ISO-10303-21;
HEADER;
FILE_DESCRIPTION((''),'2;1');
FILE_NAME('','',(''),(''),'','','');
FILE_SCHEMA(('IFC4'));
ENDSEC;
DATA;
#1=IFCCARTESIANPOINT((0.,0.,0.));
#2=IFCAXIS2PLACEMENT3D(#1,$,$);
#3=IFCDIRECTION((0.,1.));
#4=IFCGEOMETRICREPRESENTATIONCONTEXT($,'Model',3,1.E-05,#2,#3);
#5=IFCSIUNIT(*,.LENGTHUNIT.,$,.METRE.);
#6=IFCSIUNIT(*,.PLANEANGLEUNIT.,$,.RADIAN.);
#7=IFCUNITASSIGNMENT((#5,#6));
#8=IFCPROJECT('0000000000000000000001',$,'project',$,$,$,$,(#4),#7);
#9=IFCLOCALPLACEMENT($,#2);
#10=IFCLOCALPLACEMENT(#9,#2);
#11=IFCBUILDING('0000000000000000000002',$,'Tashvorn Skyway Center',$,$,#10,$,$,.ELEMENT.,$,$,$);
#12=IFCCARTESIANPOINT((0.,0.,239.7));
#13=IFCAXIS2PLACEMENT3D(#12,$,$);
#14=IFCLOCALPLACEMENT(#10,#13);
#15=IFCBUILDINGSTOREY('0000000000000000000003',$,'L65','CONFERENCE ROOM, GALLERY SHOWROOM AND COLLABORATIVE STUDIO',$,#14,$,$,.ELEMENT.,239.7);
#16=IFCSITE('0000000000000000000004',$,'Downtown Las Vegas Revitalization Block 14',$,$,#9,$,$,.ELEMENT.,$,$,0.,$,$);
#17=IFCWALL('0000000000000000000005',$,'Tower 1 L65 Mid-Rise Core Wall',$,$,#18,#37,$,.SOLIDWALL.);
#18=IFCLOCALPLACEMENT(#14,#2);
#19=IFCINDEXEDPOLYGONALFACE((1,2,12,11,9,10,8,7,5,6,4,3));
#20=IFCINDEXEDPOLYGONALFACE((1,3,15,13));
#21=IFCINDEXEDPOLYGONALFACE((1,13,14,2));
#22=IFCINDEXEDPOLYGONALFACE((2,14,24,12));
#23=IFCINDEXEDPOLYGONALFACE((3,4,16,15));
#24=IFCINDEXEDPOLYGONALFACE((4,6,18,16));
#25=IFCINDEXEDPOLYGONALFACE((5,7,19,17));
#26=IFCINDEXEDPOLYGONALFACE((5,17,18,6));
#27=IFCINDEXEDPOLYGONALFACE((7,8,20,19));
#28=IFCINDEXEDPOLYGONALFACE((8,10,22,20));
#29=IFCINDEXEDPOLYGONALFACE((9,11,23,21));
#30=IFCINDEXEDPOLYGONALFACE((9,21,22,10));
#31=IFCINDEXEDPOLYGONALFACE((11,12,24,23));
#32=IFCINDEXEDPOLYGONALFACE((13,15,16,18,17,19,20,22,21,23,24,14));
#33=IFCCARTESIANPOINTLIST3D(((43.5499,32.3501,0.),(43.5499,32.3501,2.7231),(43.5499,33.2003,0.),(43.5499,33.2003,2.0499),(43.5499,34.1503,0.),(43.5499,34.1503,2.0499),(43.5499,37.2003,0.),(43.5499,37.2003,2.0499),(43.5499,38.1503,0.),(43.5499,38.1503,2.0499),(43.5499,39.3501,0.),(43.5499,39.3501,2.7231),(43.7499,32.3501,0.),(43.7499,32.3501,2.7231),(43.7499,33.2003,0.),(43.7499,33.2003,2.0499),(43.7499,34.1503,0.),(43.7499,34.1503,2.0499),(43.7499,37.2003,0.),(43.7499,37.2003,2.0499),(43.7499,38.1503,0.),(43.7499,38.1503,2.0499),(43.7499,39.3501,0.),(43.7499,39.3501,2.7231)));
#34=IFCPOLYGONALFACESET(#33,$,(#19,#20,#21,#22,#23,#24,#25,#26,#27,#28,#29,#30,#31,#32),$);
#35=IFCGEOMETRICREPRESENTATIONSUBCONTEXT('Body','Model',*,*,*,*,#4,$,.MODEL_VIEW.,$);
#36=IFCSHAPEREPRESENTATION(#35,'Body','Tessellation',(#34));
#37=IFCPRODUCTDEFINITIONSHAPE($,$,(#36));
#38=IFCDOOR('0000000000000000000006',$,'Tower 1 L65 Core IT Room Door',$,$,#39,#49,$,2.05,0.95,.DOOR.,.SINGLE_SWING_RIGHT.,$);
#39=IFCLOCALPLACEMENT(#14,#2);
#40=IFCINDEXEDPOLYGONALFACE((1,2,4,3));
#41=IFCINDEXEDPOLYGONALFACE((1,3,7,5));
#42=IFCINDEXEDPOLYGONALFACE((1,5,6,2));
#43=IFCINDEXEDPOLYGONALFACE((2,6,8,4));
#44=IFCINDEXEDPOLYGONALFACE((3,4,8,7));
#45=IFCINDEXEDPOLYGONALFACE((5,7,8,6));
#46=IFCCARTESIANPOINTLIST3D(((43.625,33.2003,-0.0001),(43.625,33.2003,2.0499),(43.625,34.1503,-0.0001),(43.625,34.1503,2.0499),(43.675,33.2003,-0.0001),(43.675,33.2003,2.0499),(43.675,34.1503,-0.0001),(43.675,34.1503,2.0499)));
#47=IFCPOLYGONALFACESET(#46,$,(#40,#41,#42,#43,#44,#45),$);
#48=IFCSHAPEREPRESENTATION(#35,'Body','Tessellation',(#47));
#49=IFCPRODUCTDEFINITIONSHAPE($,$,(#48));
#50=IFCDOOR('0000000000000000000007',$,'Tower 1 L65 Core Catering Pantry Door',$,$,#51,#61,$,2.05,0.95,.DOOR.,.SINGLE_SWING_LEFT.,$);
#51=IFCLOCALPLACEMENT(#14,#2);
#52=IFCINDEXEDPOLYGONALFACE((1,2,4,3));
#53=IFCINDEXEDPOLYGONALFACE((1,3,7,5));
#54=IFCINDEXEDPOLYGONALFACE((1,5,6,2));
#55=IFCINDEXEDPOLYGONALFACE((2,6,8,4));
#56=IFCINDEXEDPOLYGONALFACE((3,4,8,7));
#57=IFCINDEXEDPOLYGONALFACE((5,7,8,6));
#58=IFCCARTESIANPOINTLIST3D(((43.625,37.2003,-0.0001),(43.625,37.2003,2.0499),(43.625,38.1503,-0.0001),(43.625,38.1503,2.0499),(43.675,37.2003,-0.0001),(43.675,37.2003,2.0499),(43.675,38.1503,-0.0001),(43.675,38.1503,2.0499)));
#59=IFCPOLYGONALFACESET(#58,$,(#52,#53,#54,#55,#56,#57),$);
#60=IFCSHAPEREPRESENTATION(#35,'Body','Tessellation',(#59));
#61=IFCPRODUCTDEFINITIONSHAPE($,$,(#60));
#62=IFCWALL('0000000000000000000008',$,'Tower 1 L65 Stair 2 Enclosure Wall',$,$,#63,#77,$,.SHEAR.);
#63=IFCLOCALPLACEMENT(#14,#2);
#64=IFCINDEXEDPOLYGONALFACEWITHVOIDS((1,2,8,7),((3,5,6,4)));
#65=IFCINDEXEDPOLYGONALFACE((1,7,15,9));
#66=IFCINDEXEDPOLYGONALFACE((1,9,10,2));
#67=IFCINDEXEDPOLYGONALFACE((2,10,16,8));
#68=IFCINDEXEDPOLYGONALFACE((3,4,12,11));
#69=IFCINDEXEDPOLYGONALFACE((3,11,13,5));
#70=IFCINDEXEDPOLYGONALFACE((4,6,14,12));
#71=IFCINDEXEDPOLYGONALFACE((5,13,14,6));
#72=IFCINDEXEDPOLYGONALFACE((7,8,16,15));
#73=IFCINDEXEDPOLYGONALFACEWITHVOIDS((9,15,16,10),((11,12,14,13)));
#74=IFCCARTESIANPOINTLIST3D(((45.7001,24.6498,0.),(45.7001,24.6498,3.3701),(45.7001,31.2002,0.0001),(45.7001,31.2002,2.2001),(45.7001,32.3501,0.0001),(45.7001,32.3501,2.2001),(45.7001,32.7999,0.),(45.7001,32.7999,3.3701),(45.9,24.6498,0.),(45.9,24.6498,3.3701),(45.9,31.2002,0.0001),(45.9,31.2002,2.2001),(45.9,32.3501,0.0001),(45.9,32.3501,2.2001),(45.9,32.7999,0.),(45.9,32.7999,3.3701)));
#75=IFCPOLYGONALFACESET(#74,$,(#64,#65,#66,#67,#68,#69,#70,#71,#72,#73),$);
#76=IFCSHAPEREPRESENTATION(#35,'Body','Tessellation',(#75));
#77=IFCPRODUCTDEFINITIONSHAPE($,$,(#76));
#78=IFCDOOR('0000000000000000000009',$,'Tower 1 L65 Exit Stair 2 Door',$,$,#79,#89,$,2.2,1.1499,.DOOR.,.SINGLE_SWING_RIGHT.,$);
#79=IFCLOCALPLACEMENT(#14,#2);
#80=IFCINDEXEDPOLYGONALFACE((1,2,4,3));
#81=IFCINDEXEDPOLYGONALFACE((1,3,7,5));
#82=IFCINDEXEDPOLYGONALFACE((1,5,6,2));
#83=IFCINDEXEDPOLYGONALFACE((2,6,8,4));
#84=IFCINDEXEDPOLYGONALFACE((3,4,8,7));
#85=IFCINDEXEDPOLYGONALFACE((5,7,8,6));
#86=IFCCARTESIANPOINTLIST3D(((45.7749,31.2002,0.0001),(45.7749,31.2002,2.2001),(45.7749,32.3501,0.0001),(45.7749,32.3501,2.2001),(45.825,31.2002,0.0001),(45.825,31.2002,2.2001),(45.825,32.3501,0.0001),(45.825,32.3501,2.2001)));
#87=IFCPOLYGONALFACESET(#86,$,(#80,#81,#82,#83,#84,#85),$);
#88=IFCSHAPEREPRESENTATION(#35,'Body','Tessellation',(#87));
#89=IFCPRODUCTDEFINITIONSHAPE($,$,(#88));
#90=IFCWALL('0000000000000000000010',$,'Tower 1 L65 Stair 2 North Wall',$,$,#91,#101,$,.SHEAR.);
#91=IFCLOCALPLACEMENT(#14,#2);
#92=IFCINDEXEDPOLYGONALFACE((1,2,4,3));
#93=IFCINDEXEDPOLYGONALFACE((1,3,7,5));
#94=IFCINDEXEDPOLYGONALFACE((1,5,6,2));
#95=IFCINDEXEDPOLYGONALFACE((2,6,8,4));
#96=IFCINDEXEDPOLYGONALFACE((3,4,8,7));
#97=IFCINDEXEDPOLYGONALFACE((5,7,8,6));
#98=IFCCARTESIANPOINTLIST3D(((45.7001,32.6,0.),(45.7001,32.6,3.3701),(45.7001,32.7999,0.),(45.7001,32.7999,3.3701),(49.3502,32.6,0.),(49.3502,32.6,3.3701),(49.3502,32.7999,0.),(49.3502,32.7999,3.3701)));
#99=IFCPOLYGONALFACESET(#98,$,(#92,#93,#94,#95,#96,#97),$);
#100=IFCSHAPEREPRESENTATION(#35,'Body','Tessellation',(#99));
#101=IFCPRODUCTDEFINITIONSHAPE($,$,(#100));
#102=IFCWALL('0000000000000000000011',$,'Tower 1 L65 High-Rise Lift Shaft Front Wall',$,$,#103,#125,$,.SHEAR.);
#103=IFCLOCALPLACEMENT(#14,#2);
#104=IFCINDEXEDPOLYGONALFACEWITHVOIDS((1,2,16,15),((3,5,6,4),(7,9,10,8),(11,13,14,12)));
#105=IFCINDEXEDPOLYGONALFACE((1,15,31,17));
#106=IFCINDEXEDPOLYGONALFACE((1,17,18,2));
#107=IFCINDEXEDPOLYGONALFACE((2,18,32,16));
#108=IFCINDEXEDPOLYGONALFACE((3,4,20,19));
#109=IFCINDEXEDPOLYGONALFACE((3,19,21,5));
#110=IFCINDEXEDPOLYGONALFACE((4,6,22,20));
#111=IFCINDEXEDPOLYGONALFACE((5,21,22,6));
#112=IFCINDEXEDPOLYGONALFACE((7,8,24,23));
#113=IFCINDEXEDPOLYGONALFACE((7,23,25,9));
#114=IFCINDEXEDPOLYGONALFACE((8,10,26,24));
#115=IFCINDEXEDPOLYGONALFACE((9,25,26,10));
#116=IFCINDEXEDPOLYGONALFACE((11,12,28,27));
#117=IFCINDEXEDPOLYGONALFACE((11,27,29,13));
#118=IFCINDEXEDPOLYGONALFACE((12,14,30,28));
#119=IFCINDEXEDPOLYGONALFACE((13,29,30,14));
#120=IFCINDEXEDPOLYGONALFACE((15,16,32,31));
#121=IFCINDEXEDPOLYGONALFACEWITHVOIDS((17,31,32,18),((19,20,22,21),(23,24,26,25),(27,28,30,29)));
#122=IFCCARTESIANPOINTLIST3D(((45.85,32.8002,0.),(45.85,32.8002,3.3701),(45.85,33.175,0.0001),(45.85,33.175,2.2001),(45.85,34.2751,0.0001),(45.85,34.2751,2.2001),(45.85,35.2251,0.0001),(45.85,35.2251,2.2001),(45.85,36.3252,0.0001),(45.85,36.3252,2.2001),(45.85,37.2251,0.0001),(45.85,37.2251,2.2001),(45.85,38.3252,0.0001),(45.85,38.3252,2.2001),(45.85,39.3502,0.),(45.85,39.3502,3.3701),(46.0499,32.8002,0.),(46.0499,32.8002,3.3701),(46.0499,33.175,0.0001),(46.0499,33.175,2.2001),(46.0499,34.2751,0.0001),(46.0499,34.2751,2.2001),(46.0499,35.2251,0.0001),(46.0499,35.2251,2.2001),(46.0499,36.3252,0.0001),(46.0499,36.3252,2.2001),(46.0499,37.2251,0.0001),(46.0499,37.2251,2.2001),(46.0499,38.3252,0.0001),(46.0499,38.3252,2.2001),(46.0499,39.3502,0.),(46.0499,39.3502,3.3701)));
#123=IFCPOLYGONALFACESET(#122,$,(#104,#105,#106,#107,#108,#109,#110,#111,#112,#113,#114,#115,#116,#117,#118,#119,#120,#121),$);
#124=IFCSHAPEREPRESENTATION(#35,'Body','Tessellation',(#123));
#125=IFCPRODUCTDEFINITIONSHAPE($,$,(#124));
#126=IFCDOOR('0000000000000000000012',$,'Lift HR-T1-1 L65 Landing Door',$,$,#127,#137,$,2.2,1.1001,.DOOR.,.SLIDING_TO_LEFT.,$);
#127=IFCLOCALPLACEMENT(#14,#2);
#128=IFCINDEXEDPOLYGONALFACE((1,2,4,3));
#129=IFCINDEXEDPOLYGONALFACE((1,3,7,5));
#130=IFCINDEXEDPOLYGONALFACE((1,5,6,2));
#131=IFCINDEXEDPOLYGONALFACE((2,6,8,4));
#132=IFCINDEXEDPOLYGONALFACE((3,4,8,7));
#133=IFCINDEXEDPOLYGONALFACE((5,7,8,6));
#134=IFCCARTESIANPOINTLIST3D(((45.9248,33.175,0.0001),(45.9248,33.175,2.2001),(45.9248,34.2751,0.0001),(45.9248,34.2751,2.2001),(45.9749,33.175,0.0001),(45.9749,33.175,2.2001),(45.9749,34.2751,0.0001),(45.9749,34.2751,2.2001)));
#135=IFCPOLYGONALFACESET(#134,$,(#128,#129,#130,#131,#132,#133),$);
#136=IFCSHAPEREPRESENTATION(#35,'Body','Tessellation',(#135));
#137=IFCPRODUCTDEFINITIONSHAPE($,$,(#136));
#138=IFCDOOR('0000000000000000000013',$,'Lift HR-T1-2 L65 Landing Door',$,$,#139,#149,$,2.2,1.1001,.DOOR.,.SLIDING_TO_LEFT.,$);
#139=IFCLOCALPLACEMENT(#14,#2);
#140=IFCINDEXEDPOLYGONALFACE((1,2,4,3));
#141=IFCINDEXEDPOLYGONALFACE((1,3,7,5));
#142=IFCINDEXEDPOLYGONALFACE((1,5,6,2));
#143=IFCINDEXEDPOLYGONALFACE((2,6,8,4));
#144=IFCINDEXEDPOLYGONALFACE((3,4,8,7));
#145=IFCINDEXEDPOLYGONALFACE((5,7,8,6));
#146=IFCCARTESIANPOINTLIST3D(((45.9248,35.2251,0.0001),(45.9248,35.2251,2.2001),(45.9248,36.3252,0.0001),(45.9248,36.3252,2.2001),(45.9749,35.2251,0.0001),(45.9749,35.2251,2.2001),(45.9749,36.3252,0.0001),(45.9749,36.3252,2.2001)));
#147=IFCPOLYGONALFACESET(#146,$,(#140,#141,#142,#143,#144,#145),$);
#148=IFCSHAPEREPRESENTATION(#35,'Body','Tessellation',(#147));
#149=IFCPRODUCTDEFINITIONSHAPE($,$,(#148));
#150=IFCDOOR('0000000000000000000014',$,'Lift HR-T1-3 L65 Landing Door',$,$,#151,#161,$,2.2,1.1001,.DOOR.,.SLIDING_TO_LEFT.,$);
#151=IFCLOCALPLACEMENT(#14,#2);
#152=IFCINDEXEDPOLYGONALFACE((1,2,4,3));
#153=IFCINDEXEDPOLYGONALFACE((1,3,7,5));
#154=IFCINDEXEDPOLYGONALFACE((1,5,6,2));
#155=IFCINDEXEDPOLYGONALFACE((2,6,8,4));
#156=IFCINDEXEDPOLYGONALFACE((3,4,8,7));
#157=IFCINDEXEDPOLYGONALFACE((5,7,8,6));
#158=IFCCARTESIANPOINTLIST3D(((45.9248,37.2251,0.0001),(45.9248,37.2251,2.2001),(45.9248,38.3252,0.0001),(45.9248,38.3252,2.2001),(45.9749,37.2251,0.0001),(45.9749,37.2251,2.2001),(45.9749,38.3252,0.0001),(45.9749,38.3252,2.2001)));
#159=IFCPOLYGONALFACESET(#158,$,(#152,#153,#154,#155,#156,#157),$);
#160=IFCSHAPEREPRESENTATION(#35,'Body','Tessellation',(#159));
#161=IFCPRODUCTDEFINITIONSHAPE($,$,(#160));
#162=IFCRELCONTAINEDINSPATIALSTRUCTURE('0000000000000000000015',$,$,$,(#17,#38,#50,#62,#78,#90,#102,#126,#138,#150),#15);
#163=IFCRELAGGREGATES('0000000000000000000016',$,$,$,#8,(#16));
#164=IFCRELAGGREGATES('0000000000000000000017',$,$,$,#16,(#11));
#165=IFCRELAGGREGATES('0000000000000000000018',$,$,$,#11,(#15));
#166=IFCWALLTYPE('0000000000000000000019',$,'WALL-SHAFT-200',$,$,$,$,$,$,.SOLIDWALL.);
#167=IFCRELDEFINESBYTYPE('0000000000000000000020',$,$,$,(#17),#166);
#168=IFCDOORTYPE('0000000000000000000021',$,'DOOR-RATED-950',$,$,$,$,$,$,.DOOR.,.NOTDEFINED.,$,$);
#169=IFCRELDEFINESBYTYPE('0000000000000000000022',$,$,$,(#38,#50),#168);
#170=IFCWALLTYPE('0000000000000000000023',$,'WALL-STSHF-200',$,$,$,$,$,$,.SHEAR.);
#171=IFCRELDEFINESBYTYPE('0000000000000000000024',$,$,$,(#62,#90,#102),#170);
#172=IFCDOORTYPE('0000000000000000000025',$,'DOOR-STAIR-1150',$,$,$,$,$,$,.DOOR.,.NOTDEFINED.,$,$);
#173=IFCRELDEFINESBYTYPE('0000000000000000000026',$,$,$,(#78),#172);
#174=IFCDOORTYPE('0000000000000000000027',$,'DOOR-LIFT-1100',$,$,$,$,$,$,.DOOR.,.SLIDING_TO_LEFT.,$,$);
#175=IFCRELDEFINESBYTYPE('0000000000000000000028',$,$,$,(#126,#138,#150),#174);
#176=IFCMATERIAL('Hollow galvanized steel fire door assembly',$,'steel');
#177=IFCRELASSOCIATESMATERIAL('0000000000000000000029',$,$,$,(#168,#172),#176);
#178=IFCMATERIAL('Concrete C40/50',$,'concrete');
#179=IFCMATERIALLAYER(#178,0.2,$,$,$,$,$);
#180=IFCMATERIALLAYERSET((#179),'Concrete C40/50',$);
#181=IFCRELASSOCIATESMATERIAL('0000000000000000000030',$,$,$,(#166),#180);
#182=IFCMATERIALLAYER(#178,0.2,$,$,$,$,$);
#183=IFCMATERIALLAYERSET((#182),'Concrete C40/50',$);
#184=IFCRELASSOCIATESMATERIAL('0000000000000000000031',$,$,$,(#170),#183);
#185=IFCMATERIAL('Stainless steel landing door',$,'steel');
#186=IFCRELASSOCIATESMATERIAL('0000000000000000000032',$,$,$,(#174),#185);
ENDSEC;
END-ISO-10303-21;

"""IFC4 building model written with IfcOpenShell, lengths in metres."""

from ifc_helpers import new_model, si_unit, direction, frame, frame_2d, origin, place, context, subcontext, project, spatial, rectangle, extrude, material, layer, layer_set, type_object, element, fill, save


model = new_model("IFC4")

# Units and contexts
model_context = context("Model", 3, precision=1e-05, world=origin(), true_north=direction((0.0, 1.0)))
body_context = subcontext(model_context, "Body", "Model", "MODEL_VIEW")
ifc_project = project(units=[si_unit("LENGTHUNIT", "METRE"), si_unit("PLANEANGLEUNIT", "RADIAN")], contexts=[model_context])

# Site, building, storey
site_placement = place(None, origin())
site = spatial("IfcSite", under=ifc_project, at=site_placement, Name="Downtown Las Vegas Revitalization Block 14", CompositionType="ELEMENT", RefElevation=0.0)
building_placement = place(site_placement, origin())
building = spatial("IfcBuilding", under=site, at=building_placement, Name="Tashvorn Skyway Center", CompositionType="ELEMENT")
storey_placement = place(building_placement, frame((0.0, 0.0, 239.7)))
storey = spatial("IfcBuildingStorey", under=building, at=storey_placement, Name="L65", Description="CONFERENCE ROOM, GALLERY SHOWROOM AND COLLABORATIVE STUDIO", CompositionType="ELEMENT", Elevation=239.7)

# Shared definitions
ifc_material_1 = material(Name="Concrete C40/50", Category="concrete")

# Shared definitions
ifc_material_2 = material(Name="Hollow galvanized steel fire door assembly", Category="steel")
door_type_1 = type_object("IfcDoorType", Name="DOOR-RATED-950", OperationType="NOTDEFINED", PredefinedType="DOOR", material=ifc_material_2)

# Shared definitions
ifc_layer_1 = layer(ifc_material_1, 0.2)
ifc_layer_set_1 = layer_set([ifc_layer_1], Name="Concrete C40/50")
wall_type_1 = type_object("IfcWallType", Name="WALL-SHAFT-200", PredefinedType="SOLIDWALL", material=ifc_layer_set_1)

# Wall, openings, doors
wall_1_placement = place(storey_placement, frame((43.6499, 32.3501, 0.0), z_axis=(0.0, 0.0, 1.0), x_axis=(0.0, 1.0, 0.0)))
wall_1 = element("IfcWall", 1, at=wall_1_placement, inside=storey, type_object=wall_type_1, Name="Tower 1 L65 Mid-Rise Core Wall", PredefinedType="SOLIDWALL", context=body_context, shape_type="SweptSolid", body=[
    extrude(rectangle(XDim=7.0, YDim=0.2, at=frame_2d((3.5, 0.0))), origin(), (0.0, 0.0, 1.0), 2.7231),
])
opening_1_placement = place(wall_1_placement, frame((0.8501, 0.0, 0.0)))
opening_1 = element("IfcOpeningElement", 2, at=opening_1_placement, cuts=wall_1, PredefinedType="OPENING", context=body_context, shape_type="SweptSolid", body=[
    extrude(rectangle(XDim=0.95, YDim=2.05, at=frame_2d((0.4751, 1.0249))), frame((0.0, 0.1099, 0.0), z_axis=(0.0, -1.0, 0.0), x_axis=(1.0, 0.0, 0.0)), (0.0, 0.0, 1.0), 0.22),
])
opening_2_placement = place(wall_1_placement, frame((4.8501, 0.0, 0.0)))
opening_2 = element("IfcOpeningElement", 3, at=opening_2_placement, cuts=wall_1, PredefinedType="OPENING", context=body_context, shape_type="SweptSolid", body=[
    extrude(rectangle(XDim=0.95, YDim=2.05, at=frame_2d((0.4751, 1.0249))), frame((0.0, 0.1099, 0.0), z_axis=(0.0, -1.0, 0.0), x_axis=(1.0, 0.0, 0.0)), (0.0, 0.0, 1.0), 0.22),
])
door_1_placement = place(opening_1_placement, origin())
door_1 = element("IfcDoor", 4, at=door_1_placement, inside=storey, type_object=door_type_1, Name="Tower 1 L65 Core IT Room Door", OperationType="SINGLE_SWING_RIGHT", OverallHeight=2.05, OverallWidth=0.95, PredefinedType="DOOR", context=body_context, shape_type="SweptSolid", body=[
    extrude(rectangle(XDim=0.95, YDim=2.05, at=frame_2d((0.4751, 1.0249))), frame((0.0, 0.0249, 0.0), z_axis=(0.0, -1.0, 0.0), x_axis=(1.0, 0.0, 0.0)), (0.0, 0.0, 1.0), 0.05),
])
fill(opening_1, door_1)
door_2_placement = place(opening_2_placement, origin())
door_2 = element("IfcDoor", 5, at=door_2_placement, inside=storey, type_object=door_type_1, Name="Tower 1 L65 Core Catering Pantry Door", OperationType="SINGLE_SWING_LEFT", OverallHeight=2.05, OverallWidth=0.95, PredefinedType="DOOR", context=body_context, shape_type="SweptSolid", body=[
    extrude(rectangle(XDim=0.95, YDim=2.05, at=frame_2d((0.4751, 1.0249))), frame((0.0, 0.0249, 0.0), z_axis=(0.0, -1.0, 0.0), x_axis=(1.0, 0.0, 0.0)), (0.0, 0.0, 1.0), 0.05),
])
fill(opening_2, door_2)

# Wall, opening, door
ifc_layer_2 = layer(ifc_material_1, 0.2)
ifc_layer_set_2 = layer_set([ifc_layer_2], Name="Concrete C40/50")
wall_type_2 = type_object("IfcWallType", Name="WALL-STSHF-200", PredefinedType="SHEAR", material=ifc_layer_set_2)
wall_2_placement = place(storey_placement, frame((45.8, 32.8, 0.0), z_axis=(0.0, 0.0, 1.0), x_axis=(0.0, -1.0, 0.0)))
wall_2 = element("IfcWall", 6, at=wall_2_placement, inside=storey, type_object=wall_type_2, Name="Tower 1 L65 Stair 2 Enclosure Wall", PredefinedType="SHEAR", context=body_context, shape_type="SweptSolid", body=[
    extrude(rectangle(XDim=8.1501, YDim=0.2, at=frame_2d((4.0752, 0.0))), origin(), (0.0, 0.0, 1.0), 3.3701),
])
opening_3_placement = place(wall_2_placement, frame((0.45, 0.0, 0.0)))
opening_3 = element("IfcOpeningElement", 7, at=opening_3_placement, cuts=wall_2, PredefinedType="OPENING", context=body_context, shape_type="SweptSolid", body=[
    extrude(rectangle(XDim=1.1499, YDim=2.2, at=frame_2d((0.575, 1.1001))), frame((0.0, 0.1099, 0.0), z_axis=(0.0, -1.0, 0.0), x_axis=(1.0, 0.0, 0.0)), (0.0, 0.0, 1.0), 0.22),
])
door_type_2 = type_object("IfcDoorType", Name="DOOR-STAIR-1150", OperationType="NOTDEFINED", PredefinedType="DOOR", material=ifc_material_2)
door_3_placement = place(opening_3_placement, origin())
door_3 = element("IfcDoor", 8, at=door_3_placement, inside=storey, type_object=door_type_2, Name="Tower 1 L65 Exit Stair 2 Door", OperationType="SINGLE_SWING_RIGHT", OverallHeight=2.2, OverallWidth=1.1499, PredefinedType="DOOR", context=body_context, shape_type="SweptSolid", body=[
    extrude(rectangle(XDim=1.1499, YDim=2.2, at=frame_2d((0.575, 1.1001))), frame((0.0, 0.0249, 0.0), z_axis=(0.0, -1.0, 0.0), x_axis=(1.0, 0.0, 0.0)), (0.0, 0.0, 1.0), 0.05),
])
fill(opening_3, door_3)

# Wall
wall_3_placement = place(storey_placement, frame((45.7, 32.7, 0.0), z_axis=(0.0, 0.0, 1.0), x_axis=(1.0, 0.0, 0.0)))
element("IfcWall", 9, at=wall_3_placement, inside=storey, type_object=wall_type_2, Name="Tower 1 L65 Stair 2 North Wall", PredefinedType="SHEAR", context=body_context, shape_type="SweptSolid", body=[
    extrude(rectangle(XDim=3.6501, YDim=0.2, at=frame_2d((1.8252, 0.0))), origin(), (0.0, 0.0, 1.0), 3.3701),
])

# Wall, openings, doors
wall_4_placement = place(storey_placement, frame((45.95, 39.3501, 0.0), z_axis=(0.0, 0.0, 1.0), x_axis=(0.0, -1.0, 0.0)))
wall_4 = element("IfcWall", 10, at=wall_4_placement, inside=storey, type_object=wall_type_2, Name="Tower 1 L65 High-Rise Lift Shaft Front Wall", PredefinedType="SHEAR", context=body_context, shape_type="SweptSolid", body=[
    extrude(rectangle(XDim=6.55, YDim=0.2, at=frame_2d((3.2749, 0.0))), origin(), (0.0, 0.0, 1.0), 3.3701),
])
opening_4_placement = place(wall_4_placement, frame((5.075, 0.0, 0.0)))
opening_4 = element("IfcOpeningElement", 11, at=opening_4_placement, cuts=wall_4, PredefinedType="OPENING", context=body_context, shape_type="SweptSolid", body=[
    extrude(rectangle(XDim=1.1001, YDim=2.2, at=frame_2d((0.55, 1.1001))), frame((0.0, 0.1099, 0.0), z_axis=(0.0, -1.0, 0.0), x_axis=(1.0, 0.0, 0.0)), (0.0, 0.0, 1.0), 0.22),
])
opening_5_placement = place(wall_4_placement, frame((3.0249, 0.0, 0.0)))
opening_5 = element("IfcOpeningElement", 12, at=opening_5_placement, cuts=wall_4, PredefinedType="OPENING", context=body_context, shape_type="SweptSolid", body=[
    extrude(rectangle(XDim=1.1001, YDim=2.2, at=frame_2d((0.55, 1.1001))), frame((0.0, 0.1099, 0.0), z_axis=(0.0, -1.0, 0.0), x_axis=(1.0, 0.0, 0.0)), (0.0, 0.0, 1.0), 0.22),
])
opening_6_placement = place(wall_4_placement, frame((1.0249, 0.0, 0.0)))
opening_6 = element("IfcOpeningElement", 13, at=opening_6_placement, cuts=wall_4, PredefinedType="OPENING", context=body_context, shape_type="SweptSolid", body=[
    extrude(rectangle(XDim=1.1001, YDim=2.2, at=frame_2d((0.55, 1.1001))), frame((0.0, 0.1099, 0.0), z_axis=(0.0, -1.0, 0.0), x_axis=(1.0, 0.0, 0.0)), (0.0, 0.0, 1.0), 0.22),
])
ifc_material_3 = material(Name="Stainless steel landing door", Category="steel")
door_type_3 = type_object("IfcDoorType", Name="DOOR-LIFT-1100", OperationType="SLIDING_TO_LEFT", PredefinedType="DOOR", material=ifc_material_3)
door_4_placement = place(opening_4_placement, origin())
door_4 = element("IfcDoor", 14, at=door_4_placement, inside=storey, type_object=door_type_3, Name="Lift HR-T1-1 L65 Landing Door", OperationType="SLIDING_TO_LEFT", OverallHeight=2.2, OverallWidth=1.1001, PredefinedType="DOOR", context=body_context, shape_type="SweptSolid", body=[
    extrude(rectangle(XDim=1.1001, YDim=2.2, at=frame_2d((0.55, 1.1001))), frame((0.0, 0.0249, 0.0), z_axis=(0.0, -1.0, 0.0), x_axis=(1.0, 0.0, 0.0)), (0.0, 0.0, 1.0), 0.05),
])
fill(opening_4, door_4)
door_5_placement = place(opening_5_placement, origin())
door_5 = element("IfcDoor", 15, at=door_5_placement, inside=storey, type_object=door_type_3, Name="Lift HR-T1-2 L65 Landing Door", OperationType="SLIDING_TO_LEFT", OverallHeight=2.2, OverallWidth=1.1001, PredefinedType="DOOR", context=body_context, shape_type="SweptSolid", body=[
    extrude(rectangle(XDim=1.1001, YDim=2.2, at=frame_2d((0.55, 1.1001))), frame((0.0, 0.0249, 0.0), z_axis=(0.0, -1.0, 0.0), x_axis=(1.0, 0.0, 0.0)), (0.0, 0.0, 1.0), 0.05),
])
fill(opening_5, door_5)
door_6_placement = place(opening_6_placement, origin())
door_6 = element("IfcDoor", 16, at=door_6_placement, inside=storey, type_object=door_type_3, Name="Lift HR-T1-3 L65 Landing Door", OperationType="SLIDING_TO_LEFT", OverallHeight=2.2, OverallWidth=1.1001, PredefinedType="DOOR", context=body_context, shape_type="SweptSolid", body=[
    extrude(rectangle(XDim=1.1001, YDim=2.2, at=frame_2d((0.55, 1.1001))), frame((0.0, 0.0249, 0.0), z_axis=(0.0, -1.0, 0.0), x_axis=(1.0, 0.0, 0.0)), (0.0, 0.0, 1.0), 0.05),
])
fill(opening_6, door_6)

save(model, "model.ifc")
